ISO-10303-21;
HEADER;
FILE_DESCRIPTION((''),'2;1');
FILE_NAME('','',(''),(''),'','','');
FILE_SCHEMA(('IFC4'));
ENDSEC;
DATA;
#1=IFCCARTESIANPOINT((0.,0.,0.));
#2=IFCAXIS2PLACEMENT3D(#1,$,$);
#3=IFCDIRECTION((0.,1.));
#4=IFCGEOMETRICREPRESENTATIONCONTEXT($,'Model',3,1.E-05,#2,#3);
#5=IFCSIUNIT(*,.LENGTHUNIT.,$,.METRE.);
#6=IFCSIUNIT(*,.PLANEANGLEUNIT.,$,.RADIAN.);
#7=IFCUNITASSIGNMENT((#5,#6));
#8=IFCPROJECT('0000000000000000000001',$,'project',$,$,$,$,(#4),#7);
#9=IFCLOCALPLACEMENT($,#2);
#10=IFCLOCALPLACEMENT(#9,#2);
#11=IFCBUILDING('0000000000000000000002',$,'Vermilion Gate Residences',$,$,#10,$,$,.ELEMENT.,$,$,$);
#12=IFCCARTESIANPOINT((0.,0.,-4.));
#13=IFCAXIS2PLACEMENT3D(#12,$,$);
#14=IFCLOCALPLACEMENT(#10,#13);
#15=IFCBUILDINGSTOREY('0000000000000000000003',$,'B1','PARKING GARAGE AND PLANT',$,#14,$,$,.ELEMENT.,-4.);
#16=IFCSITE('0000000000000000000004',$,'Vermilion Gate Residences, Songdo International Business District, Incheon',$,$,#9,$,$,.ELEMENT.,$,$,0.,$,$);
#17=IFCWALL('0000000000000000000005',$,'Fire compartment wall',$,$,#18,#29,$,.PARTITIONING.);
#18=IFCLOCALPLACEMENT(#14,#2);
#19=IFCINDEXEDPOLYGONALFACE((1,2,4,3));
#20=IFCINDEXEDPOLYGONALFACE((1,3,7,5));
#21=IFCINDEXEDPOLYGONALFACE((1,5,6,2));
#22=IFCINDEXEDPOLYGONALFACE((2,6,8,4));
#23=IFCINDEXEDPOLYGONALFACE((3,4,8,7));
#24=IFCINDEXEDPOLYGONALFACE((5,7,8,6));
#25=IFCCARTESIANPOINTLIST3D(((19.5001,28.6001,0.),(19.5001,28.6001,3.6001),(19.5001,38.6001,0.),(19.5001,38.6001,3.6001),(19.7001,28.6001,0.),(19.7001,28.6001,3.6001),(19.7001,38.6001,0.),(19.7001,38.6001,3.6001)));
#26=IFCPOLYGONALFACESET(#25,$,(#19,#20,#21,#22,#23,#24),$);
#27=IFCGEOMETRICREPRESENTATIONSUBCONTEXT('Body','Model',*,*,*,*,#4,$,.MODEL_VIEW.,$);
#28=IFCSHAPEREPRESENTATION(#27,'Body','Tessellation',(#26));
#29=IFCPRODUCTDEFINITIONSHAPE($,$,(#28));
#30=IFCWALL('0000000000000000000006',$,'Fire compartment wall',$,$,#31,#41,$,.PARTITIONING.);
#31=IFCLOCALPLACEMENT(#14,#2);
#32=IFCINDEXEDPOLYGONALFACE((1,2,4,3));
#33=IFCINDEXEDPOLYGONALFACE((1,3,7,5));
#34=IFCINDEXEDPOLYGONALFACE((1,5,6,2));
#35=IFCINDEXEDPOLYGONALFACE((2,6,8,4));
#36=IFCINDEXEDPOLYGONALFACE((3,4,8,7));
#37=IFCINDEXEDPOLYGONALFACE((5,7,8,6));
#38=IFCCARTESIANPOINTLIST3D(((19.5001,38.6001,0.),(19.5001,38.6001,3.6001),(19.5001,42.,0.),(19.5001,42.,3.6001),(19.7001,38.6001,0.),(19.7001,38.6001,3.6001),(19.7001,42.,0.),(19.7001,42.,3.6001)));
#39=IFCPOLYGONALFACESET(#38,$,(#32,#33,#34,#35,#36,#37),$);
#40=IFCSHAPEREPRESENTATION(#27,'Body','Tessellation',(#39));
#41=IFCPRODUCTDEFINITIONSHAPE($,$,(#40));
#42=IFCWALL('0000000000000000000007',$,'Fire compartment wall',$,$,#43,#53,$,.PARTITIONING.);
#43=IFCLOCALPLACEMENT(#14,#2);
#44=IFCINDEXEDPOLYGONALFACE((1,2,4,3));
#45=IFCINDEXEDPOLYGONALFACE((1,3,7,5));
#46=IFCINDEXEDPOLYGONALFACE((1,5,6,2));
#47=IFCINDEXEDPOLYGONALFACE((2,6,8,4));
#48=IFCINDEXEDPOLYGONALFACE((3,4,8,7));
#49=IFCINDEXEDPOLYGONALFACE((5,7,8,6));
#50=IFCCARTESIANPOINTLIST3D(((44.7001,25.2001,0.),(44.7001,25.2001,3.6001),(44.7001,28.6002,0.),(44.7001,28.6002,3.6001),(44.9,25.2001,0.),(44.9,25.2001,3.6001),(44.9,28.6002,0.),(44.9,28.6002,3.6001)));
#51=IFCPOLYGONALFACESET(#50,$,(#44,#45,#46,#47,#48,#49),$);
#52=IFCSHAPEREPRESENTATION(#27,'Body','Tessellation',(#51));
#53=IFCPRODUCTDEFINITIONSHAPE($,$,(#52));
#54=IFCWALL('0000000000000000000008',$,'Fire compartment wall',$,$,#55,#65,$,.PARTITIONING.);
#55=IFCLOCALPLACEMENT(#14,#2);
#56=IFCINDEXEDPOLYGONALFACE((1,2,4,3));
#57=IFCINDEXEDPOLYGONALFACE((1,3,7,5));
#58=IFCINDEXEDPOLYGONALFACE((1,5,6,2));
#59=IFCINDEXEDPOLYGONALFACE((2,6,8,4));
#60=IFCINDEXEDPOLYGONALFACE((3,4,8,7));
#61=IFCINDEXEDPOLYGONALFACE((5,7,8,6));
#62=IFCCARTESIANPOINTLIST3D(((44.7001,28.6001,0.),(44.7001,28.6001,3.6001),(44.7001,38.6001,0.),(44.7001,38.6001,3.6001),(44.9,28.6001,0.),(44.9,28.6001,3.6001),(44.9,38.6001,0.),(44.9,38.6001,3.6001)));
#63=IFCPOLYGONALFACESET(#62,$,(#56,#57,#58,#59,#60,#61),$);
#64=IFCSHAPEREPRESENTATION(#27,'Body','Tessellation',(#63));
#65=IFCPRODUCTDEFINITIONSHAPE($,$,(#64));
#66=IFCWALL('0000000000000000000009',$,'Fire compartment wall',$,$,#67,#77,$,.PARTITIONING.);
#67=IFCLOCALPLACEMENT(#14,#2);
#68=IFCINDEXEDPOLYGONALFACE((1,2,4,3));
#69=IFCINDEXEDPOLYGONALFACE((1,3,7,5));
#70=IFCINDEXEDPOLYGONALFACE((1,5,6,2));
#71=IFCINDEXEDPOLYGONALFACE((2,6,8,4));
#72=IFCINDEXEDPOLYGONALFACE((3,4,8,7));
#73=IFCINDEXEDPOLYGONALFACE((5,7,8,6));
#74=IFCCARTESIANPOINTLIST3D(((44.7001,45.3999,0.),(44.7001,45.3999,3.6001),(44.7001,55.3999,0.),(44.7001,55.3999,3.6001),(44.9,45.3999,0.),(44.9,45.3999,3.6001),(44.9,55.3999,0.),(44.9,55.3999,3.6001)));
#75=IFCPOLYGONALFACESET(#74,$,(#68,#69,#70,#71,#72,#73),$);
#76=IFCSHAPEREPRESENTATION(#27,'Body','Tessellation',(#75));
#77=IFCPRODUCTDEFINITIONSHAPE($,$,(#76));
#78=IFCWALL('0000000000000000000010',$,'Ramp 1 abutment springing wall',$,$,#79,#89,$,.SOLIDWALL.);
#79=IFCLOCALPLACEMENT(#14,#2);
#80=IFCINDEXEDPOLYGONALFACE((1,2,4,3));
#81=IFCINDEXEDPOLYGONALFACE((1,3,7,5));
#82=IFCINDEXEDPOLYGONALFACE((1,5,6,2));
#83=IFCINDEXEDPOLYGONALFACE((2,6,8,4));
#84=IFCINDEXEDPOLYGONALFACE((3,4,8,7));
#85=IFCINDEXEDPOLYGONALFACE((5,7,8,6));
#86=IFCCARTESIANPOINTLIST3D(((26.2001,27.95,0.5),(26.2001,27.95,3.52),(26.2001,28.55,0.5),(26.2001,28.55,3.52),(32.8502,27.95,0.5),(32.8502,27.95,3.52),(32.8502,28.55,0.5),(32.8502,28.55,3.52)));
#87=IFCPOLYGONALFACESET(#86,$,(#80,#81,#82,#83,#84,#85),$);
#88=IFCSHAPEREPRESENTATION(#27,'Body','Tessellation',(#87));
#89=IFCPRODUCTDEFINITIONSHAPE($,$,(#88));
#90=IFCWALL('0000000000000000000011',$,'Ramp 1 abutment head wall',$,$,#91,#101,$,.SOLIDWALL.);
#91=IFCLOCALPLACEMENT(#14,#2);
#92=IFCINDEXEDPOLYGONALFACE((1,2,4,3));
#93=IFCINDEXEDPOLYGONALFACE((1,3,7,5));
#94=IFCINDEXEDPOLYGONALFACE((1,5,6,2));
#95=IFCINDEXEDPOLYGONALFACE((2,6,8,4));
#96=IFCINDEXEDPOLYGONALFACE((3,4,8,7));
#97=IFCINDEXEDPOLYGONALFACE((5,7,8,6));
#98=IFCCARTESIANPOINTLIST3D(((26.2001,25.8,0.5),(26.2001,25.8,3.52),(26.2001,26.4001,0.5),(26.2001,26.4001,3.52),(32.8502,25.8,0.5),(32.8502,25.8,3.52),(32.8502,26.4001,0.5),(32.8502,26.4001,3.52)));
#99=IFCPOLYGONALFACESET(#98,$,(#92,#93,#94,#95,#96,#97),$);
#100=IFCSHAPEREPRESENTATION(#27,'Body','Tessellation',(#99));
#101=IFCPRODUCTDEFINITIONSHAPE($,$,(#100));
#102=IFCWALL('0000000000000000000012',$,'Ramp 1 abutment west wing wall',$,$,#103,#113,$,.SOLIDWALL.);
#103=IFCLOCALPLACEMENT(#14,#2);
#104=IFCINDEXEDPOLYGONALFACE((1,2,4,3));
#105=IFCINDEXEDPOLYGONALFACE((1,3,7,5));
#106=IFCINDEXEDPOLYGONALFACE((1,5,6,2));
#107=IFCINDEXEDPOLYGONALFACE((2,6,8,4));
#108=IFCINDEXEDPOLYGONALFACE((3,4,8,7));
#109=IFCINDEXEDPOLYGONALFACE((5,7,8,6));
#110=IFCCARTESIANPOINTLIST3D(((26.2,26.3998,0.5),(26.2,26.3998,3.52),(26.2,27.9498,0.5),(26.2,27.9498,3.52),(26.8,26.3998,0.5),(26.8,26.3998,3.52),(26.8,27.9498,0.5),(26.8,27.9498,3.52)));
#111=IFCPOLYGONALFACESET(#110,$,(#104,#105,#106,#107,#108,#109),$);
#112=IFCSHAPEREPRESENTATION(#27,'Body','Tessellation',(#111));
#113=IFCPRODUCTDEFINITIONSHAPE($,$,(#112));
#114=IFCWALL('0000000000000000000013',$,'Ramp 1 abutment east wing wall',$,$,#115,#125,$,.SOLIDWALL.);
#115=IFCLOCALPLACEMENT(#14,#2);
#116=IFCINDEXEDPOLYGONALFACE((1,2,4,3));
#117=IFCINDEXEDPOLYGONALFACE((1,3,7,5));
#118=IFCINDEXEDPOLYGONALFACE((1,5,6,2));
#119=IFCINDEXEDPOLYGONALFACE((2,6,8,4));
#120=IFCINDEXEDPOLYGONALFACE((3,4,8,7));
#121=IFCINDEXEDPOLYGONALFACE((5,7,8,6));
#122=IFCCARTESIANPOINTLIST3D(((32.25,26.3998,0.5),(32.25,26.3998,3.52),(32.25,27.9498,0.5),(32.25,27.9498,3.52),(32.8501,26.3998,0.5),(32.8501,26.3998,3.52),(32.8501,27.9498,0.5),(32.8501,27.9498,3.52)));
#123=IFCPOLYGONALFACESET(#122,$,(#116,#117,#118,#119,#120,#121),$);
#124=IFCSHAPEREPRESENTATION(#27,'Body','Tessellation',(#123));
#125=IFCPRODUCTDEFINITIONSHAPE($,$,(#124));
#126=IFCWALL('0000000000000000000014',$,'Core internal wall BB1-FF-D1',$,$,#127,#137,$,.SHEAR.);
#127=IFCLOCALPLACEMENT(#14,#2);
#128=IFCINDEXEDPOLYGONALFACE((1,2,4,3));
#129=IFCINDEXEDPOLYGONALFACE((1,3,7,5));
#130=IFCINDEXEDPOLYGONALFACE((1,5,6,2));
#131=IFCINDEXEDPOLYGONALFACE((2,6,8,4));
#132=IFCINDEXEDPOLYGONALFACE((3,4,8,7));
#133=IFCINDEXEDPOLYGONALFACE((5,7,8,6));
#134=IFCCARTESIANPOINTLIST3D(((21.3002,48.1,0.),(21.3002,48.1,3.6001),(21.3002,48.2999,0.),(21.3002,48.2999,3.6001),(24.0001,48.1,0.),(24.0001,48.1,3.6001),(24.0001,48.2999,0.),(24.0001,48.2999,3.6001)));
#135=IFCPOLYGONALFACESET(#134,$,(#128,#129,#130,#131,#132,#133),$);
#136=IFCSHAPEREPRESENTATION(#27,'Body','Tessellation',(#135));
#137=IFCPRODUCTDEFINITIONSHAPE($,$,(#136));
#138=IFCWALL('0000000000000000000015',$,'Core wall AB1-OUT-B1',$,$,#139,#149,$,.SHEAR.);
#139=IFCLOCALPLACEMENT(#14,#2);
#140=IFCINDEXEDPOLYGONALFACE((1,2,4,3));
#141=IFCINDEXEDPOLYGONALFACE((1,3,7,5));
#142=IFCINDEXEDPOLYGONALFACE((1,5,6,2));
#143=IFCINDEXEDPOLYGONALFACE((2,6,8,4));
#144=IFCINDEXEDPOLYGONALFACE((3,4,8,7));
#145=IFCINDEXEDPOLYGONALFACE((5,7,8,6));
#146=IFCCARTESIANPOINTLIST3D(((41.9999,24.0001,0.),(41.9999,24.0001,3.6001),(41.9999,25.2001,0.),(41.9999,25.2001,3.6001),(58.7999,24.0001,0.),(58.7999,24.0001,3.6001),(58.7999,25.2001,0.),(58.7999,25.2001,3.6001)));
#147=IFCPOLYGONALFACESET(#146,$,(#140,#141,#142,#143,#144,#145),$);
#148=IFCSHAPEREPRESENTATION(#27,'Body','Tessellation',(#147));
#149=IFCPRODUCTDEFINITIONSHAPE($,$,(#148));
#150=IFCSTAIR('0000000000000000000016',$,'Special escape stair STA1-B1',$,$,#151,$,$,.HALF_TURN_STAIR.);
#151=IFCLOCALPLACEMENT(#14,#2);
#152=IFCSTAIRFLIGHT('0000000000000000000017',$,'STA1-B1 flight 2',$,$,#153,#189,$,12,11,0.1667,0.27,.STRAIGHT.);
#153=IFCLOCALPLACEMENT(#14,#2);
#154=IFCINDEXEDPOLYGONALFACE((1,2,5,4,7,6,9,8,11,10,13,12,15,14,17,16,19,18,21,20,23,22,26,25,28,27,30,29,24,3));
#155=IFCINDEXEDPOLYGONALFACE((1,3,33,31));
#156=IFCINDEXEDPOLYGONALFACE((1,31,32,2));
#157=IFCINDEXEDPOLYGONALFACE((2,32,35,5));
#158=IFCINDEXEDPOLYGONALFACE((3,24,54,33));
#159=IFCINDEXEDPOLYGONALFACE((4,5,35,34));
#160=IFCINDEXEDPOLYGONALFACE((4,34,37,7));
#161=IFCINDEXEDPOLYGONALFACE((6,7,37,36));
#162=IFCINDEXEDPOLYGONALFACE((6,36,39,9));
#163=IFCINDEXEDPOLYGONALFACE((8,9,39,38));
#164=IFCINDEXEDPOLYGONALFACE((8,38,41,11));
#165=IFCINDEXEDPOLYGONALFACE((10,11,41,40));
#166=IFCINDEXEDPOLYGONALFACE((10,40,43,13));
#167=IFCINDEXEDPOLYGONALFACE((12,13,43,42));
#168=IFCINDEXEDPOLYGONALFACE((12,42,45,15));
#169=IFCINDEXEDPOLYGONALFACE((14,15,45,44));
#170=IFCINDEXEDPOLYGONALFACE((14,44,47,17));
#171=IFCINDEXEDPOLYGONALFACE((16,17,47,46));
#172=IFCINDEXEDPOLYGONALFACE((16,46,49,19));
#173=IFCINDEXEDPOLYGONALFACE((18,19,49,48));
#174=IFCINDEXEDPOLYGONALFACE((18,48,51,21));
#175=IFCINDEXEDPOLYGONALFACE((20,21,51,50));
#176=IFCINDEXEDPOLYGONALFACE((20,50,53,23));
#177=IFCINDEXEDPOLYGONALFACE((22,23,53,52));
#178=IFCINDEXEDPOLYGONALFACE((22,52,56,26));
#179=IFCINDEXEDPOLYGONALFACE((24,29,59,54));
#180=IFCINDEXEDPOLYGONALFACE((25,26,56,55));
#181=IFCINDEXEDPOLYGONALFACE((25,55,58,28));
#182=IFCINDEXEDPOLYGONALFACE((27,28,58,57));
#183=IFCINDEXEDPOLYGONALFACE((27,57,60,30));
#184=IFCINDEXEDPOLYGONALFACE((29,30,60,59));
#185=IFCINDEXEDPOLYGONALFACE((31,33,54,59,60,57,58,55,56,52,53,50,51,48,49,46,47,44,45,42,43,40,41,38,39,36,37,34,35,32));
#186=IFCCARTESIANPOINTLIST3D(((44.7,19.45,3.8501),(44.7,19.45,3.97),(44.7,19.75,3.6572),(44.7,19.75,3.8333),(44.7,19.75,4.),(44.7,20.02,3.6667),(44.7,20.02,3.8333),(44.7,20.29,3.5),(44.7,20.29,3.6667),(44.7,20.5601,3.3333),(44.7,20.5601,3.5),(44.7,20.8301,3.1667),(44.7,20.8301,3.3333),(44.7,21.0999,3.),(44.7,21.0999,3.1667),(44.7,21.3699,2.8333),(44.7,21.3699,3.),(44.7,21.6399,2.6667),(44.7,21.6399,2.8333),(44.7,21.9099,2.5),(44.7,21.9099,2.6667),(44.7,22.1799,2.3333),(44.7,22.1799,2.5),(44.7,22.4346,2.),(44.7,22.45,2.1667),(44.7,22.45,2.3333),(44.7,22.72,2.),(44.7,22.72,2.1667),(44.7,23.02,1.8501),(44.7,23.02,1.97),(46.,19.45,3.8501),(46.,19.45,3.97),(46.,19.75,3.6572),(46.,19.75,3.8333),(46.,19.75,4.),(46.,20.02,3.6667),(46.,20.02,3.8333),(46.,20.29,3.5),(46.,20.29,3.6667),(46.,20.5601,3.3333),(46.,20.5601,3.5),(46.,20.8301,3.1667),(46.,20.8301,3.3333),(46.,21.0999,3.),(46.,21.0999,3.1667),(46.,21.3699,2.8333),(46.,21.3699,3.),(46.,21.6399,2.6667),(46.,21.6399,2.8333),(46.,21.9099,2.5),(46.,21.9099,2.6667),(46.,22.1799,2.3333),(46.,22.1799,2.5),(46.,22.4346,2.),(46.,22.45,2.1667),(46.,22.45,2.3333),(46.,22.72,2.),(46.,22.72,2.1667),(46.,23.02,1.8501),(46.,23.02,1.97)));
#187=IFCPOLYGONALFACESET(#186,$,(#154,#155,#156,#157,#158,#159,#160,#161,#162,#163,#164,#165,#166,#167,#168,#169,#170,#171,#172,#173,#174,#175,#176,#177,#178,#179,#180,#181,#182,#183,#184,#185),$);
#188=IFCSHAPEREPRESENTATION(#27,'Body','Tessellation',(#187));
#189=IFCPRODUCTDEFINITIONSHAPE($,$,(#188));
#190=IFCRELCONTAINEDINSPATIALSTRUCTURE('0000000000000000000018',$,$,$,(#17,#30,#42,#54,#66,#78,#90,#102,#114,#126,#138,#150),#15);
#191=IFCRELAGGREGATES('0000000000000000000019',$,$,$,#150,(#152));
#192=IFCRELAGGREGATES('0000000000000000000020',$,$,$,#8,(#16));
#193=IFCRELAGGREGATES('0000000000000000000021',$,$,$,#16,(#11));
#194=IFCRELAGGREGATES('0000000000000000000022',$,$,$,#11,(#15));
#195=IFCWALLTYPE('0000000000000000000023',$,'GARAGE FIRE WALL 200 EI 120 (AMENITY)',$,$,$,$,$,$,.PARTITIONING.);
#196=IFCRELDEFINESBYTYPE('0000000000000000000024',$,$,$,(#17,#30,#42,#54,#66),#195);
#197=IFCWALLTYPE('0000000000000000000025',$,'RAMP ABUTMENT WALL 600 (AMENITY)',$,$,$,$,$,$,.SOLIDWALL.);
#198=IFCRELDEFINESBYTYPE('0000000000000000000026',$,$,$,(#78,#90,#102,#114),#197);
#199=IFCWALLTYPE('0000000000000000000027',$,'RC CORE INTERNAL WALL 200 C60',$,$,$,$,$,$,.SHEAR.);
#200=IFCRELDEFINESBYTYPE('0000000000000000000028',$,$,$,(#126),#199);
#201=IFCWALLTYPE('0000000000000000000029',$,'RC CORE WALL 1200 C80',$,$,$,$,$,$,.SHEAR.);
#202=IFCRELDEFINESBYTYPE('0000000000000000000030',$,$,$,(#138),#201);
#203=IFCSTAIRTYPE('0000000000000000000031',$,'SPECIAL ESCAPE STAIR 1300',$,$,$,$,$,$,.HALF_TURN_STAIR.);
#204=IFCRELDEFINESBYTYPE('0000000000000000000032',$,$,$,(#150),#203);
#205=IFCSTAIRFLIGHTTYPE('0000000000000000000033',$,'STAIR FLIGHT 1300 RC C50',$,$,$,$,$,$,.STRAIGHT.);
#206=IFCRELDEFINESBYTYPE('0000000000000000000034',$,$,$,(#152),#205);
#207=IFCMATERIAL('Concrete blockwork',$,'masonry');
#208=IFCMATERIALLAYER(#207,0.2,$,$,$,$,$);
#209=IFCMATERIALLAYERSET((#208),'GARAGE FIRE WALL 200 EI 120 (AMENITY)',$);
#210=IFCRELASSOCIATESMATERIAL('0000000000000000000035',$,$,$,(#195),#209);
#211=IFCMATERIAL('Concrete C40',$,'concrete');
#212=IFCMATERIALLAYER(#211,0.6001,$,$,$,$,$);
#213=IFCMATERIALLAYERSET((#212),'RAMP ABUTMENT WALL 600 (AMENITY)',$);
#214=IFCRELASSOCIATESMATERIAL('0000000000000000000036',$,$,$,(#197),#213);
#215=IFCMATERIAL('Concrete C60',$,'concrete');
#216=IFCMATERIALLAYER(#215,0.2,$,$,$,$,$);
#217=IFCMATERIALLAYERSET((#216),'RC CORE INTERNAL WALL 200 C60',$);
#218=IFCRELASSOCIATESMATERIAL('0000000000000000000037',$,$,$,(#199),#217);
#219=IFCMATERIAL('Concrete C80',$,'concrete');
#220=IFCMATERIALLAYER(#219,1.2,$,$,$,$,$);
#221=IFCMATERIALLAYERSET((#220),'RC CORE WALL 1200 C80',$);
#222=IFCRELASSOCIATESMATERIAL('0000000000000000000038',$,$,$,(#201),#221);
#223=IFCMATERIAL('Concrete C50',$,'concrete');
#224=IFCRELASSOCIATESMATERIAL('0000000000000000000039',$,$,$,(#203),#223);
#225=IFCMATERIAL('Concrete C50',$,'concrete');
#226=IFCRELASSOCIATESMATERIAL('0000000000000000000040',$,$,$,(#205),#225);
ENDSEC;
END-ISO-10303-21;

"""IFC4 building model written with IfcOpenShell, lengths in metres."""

from ifc_helpers import new_model, si_unit, direction, frame, frame_2d, origin, place, context, subcontext, project, spatial, polyline, rectangle, outline, extrude, material, layer, layer_set, type_object, element, aggregate, save


model = new_model("IFC4")

# Units and contexts
model_context = context("Model", 3, precision=1e-05, world=origin(), true_north=direction((0.0, 1.0)))
body_context = subcontext(model_context, "Body", "Model", "MODEL_VIEW")
ifc_project = project(units=[si_unit("LENGTHUNIT", "METRE"), si_unit("PLANEANGLEUNIT", "RADIAN")], contexts=[model_context])

# Site, building, storey
site_placement = place(None, origin())
site = spatial("IfcSite", under=ifc_project, at=site_placement, Name="Vermilion Gate Residences, Songdo International Business District, Incheon", CompositionType="ELEMENT", RefElevation=0.0)
building_placement = place(site_placement, origin())
building = spatial("IfcBuilding", under=site, at=building_placement, Name="Vermilion Gate Residences", CompositionType="ELEMENT")
storey_placement = place(building_placement, frame((0.0, 0.0, -4.0)))
storey = spatial("IfcBuildingStorey", under=building, at=storey_placement, Name="B1", Description="PARKING GARAGE AND PLANT", CompositionType="ELEMENT", Elevation=-4.0)

# Walls
ifc_material_1 = material(Name="Concrete blockwork", Category="masonry")
ifc_layer_1 = layer(ifc_material_1, 0.2)
ifc_layer_set_1 = layer_set([ifc_layer_1], Name="GARAGE FIRE WALL 200 EI 120 (AMENITY)")
wall_type_1 = type_object("IfcWallType", Name="GARAGE FIRE WALL 200 EI 120 (AMENITY)", PredefinedType="PARTITIONING", material=ifc_layer_set_1)
wall_1_placement = place(storey_placement, frame((19.6001, 28.6001, 0.0), z_axis=(0.0, 0.0, 1.0), x_axis=(0.0, 1.0, 0.0)))
element("IfcWall", 1, at=wall_1_placement, inside=storey, type_object=wall_type_1, Name="Fire compartment wall", PredefinedType="PARTITIONING", context=body_context, shape_type="SweptSolid", body=[
    extrude(rectangle(XDim=10.0, YDim=0.2, at=frame_2d((5.0, 0.0))), origin(), (0.0, 0.0, 1.0), 3.6001),
])
wall_2_placement = place(storey_placement, frame((19.6001, 38.6001, 0.0), z_axis=(0.0, 0.0, 1.0), x_axis=(0.0, 1.0, 0.0)))
element("IfcWall", 2, at=wall_2_placement, inside=storey, type_object=wall_type_1, Name="Fire compartment wall", PredefinedType="PARTITIONING", context=body_context, shape_type="SweptSolid", body=[
    extrude(rectangle(XDim=3.3999, YDim=0.2, at=frame_2d((1.7, 0.0))), origin(), (0.0, 0.0, 1.0), 3.6001),
])
wall_3_placement = place(storey_placement, frame((44.8, 25.2, 0.0), z_axis=(0.0, 0.0, 1.0), x_axis=(0.0, 1.0, 0.0)))
element("IfcWall", 3, at=wall_3_placement, inside=storey, type_object=wall_type_1, Name="Fire compartment wall", PredefinedType="PARTITIONING", context=body_context, shape_type="SweptSolid", body=[
    extrude(rectangle(XDim=3.4001, YDim=0.2, at=frame_2d((1.7002, 0.0))), origin(), (0.0, 0.0, 1.0), 3.6001),
])
wall_4_placement = place(storey_placement, frame((44.8, 28.6001, 0.0), z_axis=(0.0, 0.0, 1.0), x_axis=(0.0, 1.0, 0.0)))
element("IfcWall", 4, at=wall_4_placement, inside=storey, type_object=wall_type_1, Name="Fire compartment wall", PredefinedType="PARTITIONING", context=body_context, shape_type="SweptSolid", body=[
    extrude(rectangle(XDim=10.0, YDim=0.2, at=frame_2d((5.0, 0.0))), origin(), (0.0, 0.0, 1.0), 3.6001),
])

# Walls
wall_5_placement = place(storey_placement, frame((44.8, 45.3999, 0.0), z_axis=(0.0, 0.0, 1.0), x_axis=(0.0, 1.0, 0.0)))
element("IfcWall", 5, at=wall_5_placement, inside=storey, type_object=wall_type_1, Name="Fire compartment wall", PredefinedType="PARTITIONING", context=body_context, shape_type="SweptSolid", body=[
    extrude(rectangle(XDim=10.0, YDim=0.2, at=frame_2d((5.0, 0.0))), origin(), (0.0, 0.0, 1.0), 3.6001),
])
ifc_material_2 = material(Name="Concrete C40", Category="concrete")
ifc_layer_2 = layer(ifc_material_2, 0.6001)
ifc_layer_set_2 = layer_set([ifc_layer_2], Name="RAMP ABUTMENT WALL 600 (AMENITY)")
wall_type_2 = type_object("IfcWallType", Name="RAMP ABUTMENT WALL 600 (AMENITY)", PredefinedType="SOLIDWALL", material=ifc_layer_set_2)
for number, where, z_axis, x_axis, name in (
    (6, (26.2, 28.25, 0.5), (0.0, 0.0, 1.0), (1.0, 0.0, 0.0), "Ramp 1 abutment springing wall"),
    (7, (26.2, 26.1001, 0.5), (0.0, 0.0, 1.0), (1.0, 0.0, 0.0), "Ramp 1 abutment head wall"),
):
    element("IfcWall", number, at=place(storey_placement, frame(where, z_axis=z_axis, x_axis=x_axis)), inside=storey, type_object=wall_type_2, Name=name, PredefinedType="SOLIDWALL", context=body_context, shape_type="SweptSolid", body=[
        extrude(rectangle(XDim=6.6501, YDim=0.6001, at=frame_2d((3.3252, 0.0))), origin(), (0.0, 0.0, 1.0), 3.02),
    ])
for number, where, z_axis, x_axis, name in (
    (8, (26.5, 26.3999, 0.5), (0.0, 0.0, 1.0), (0.0, 1.0, 0.0), "Ramp 1 abutment west wing wall"),
    (9, (32.55, 26.3999, 0.5), (0.0, 0.0, 1.0), (0.0, 1.0, 0.0), "Ramp 1 abutment east wing wall"),
):
    element("IfcWall", number, at=place(storey_placement, frame(where, z_axis=z_axis, x_axis=x_axis)), inside=storey, type_object=wall_type_2, Name=name, PredefinedType="SOLIDWALL", context=body_context, shape_type="SweptSolid", body=[
        extrude(rectangle(XDim=1.55, YDim=0.6001, at=frame_2d((0.7749, 0.0))), origin(), (0.0, 0.0, 1.0), 3.02),
    ])
ifc_material_3 = material(Name="Concrete C60", Category="concrete")
ifc_layer_3 = layer(ifc_material_3, 0.2)
ifc_layer_set_3 = layer_set([ifc_layer_3], Name="RC CORE INTERNAL WALL 200 C60")
wall_type_3 = type_object("IfcWallType", Name="RC CORE INTERNAL WALL 200 C60", PredefinedType="SHEAR", material=ifc_layer_set_3)
wall_6_placement = place(storey_placement, frame((21.3, 48.2, 0.0), z_axis=(0.0, 0.0, 1.0), x_axis=(1.0, 0.0, 0.0)))
element("IfcWall", 10, at=wall_6_placement, inside=storey, type_object=wall_type_3, Name="Core internal wall BB1-FF-D1", PredefinedType="SHEAR", context=body_context, shape_type="SweptSolid", body=[
    extrude(rectangle(XDim=2.7, YDim=0.2, at=frame_2d((1.3501, 0.0))), origin(), (0.0, 0.0, 1.0), 3.6001),
])
ifc_material_4 = material(Name="Concrete C80", Category="concrete")
ifc_layer_4 = layer(ifc_material_4, 1.2)
ifc_layer_set_4 = layer_set([ifc_layer_4], Name="RC CORE WALL 1200 C80")
wall_type_4 = type_object("IfcWallType", Name="RC CORE WALL 1200 C80", PredefinedType="SHEAR", material=ifc_layer_set_4)
wall_7_placement = place(storey_placement, frame((42.0, 24.6001, 0.0), z_axis=(0.0, 0.0, 1.0), x_axis=(1.0, 0.0, 0.0)))
element("IfcWall", 11, at=wall_7_placement, inside=storey, type_object=wall_type_4, Name="Core wall AB1-OUT-B1", PredefinedType="SHEAR", context=body_context, shape_type="SweptSolid", body=[
    extrude(rectangle(XDim=16.8, YDim=1.2, at=frame_2d((8.3999, 0.0))), origin(), (0.0, 0.0, 1.0), 3.6001),
])

# Stair, stair flight
ifc_material_5 = material(Name="Concrete C50", Category="concrete")
stair_type = type_object("IfcStairType", Name="SPECIAL ESCAPE STAIR 1300", PredefinedType="HALF_TURN_STAIR", material=ifc_material_5)
stair_placement = place(storey_placement, origin())
stair = element("IfcStair", 12, at=stair_placement, inside=storey, type_object=stair_type, Name="Special escape stair STA1-B1", PredefinedType="HALF_TURN_STAIR")
ifc_material_6 = material(Name="Concrete C50", Category="concrete")
stair_flight_type = type_object("IfcStairFlightType", Name="STAIR FLIGHT 1300 RC C50", PredefinedType="STRAIGHT", material=ifc_material_6)
stair_flight_placement = place(storey_placement, frame((45.3501, 22.72, 2.0), z_axis=(0.0, 0.0, 1.0), x_axis=(0.0, -1.0, 0.0)))
stair_flight = element("IfcStairFlight", 13, at=stair_flight_placement, type_object=stair_flight_type, Name="STA1-B1 flight 2", NumberOfRisers=12, NumberOfTreads=11, PredefinedType="STRAIGHT", RiserHeight=0.1667, TreadLength=0.27, context=body_context, shape_type="SweptSolid", body=[
    extrude(outline(polyline([(-0.3, -0.1499), (-0.3, -0.03), (0.0, 0.0), (0.0, 0.1667), (0.27, 0.1667), (0.27, 0.3333), (0.54, 0.3333), (0.54, 0.5), (0.8101, 0.5), (0.8101, 0.6667), (1.0801, 0.6667), (1.0801, 0.8333), (1.3501, 0.8333), (1.3501, 1.0), (1.6201, 1.0), (1.6201, 1.1667), (1.8899, 1.1667), (1.8899, 1.3333), (2.1599, 1.3333), (2.1599, 1.5), (2.4299, 1.5), (2.4299, 1.6667), (2.7, 1.6667), (2.7, 1.8333), (2.97, 1.8333), (2.97, 2.0), (3.27, 1.97), (3.27, 1.8501), (2.97, 1.6572), (0.2854, 0.0), (-0.3, -0.1499)])), frame((0.0, 0.6499, 0.0), z_axis=(0.0, -1.0, 0.0), x_axis=(1.0, 0.0, 0.0)), (0.0, 0.0, 1.0), 1.3),
])
aggregate(stair, [stair_flight])

save(model, "model.ifc")
